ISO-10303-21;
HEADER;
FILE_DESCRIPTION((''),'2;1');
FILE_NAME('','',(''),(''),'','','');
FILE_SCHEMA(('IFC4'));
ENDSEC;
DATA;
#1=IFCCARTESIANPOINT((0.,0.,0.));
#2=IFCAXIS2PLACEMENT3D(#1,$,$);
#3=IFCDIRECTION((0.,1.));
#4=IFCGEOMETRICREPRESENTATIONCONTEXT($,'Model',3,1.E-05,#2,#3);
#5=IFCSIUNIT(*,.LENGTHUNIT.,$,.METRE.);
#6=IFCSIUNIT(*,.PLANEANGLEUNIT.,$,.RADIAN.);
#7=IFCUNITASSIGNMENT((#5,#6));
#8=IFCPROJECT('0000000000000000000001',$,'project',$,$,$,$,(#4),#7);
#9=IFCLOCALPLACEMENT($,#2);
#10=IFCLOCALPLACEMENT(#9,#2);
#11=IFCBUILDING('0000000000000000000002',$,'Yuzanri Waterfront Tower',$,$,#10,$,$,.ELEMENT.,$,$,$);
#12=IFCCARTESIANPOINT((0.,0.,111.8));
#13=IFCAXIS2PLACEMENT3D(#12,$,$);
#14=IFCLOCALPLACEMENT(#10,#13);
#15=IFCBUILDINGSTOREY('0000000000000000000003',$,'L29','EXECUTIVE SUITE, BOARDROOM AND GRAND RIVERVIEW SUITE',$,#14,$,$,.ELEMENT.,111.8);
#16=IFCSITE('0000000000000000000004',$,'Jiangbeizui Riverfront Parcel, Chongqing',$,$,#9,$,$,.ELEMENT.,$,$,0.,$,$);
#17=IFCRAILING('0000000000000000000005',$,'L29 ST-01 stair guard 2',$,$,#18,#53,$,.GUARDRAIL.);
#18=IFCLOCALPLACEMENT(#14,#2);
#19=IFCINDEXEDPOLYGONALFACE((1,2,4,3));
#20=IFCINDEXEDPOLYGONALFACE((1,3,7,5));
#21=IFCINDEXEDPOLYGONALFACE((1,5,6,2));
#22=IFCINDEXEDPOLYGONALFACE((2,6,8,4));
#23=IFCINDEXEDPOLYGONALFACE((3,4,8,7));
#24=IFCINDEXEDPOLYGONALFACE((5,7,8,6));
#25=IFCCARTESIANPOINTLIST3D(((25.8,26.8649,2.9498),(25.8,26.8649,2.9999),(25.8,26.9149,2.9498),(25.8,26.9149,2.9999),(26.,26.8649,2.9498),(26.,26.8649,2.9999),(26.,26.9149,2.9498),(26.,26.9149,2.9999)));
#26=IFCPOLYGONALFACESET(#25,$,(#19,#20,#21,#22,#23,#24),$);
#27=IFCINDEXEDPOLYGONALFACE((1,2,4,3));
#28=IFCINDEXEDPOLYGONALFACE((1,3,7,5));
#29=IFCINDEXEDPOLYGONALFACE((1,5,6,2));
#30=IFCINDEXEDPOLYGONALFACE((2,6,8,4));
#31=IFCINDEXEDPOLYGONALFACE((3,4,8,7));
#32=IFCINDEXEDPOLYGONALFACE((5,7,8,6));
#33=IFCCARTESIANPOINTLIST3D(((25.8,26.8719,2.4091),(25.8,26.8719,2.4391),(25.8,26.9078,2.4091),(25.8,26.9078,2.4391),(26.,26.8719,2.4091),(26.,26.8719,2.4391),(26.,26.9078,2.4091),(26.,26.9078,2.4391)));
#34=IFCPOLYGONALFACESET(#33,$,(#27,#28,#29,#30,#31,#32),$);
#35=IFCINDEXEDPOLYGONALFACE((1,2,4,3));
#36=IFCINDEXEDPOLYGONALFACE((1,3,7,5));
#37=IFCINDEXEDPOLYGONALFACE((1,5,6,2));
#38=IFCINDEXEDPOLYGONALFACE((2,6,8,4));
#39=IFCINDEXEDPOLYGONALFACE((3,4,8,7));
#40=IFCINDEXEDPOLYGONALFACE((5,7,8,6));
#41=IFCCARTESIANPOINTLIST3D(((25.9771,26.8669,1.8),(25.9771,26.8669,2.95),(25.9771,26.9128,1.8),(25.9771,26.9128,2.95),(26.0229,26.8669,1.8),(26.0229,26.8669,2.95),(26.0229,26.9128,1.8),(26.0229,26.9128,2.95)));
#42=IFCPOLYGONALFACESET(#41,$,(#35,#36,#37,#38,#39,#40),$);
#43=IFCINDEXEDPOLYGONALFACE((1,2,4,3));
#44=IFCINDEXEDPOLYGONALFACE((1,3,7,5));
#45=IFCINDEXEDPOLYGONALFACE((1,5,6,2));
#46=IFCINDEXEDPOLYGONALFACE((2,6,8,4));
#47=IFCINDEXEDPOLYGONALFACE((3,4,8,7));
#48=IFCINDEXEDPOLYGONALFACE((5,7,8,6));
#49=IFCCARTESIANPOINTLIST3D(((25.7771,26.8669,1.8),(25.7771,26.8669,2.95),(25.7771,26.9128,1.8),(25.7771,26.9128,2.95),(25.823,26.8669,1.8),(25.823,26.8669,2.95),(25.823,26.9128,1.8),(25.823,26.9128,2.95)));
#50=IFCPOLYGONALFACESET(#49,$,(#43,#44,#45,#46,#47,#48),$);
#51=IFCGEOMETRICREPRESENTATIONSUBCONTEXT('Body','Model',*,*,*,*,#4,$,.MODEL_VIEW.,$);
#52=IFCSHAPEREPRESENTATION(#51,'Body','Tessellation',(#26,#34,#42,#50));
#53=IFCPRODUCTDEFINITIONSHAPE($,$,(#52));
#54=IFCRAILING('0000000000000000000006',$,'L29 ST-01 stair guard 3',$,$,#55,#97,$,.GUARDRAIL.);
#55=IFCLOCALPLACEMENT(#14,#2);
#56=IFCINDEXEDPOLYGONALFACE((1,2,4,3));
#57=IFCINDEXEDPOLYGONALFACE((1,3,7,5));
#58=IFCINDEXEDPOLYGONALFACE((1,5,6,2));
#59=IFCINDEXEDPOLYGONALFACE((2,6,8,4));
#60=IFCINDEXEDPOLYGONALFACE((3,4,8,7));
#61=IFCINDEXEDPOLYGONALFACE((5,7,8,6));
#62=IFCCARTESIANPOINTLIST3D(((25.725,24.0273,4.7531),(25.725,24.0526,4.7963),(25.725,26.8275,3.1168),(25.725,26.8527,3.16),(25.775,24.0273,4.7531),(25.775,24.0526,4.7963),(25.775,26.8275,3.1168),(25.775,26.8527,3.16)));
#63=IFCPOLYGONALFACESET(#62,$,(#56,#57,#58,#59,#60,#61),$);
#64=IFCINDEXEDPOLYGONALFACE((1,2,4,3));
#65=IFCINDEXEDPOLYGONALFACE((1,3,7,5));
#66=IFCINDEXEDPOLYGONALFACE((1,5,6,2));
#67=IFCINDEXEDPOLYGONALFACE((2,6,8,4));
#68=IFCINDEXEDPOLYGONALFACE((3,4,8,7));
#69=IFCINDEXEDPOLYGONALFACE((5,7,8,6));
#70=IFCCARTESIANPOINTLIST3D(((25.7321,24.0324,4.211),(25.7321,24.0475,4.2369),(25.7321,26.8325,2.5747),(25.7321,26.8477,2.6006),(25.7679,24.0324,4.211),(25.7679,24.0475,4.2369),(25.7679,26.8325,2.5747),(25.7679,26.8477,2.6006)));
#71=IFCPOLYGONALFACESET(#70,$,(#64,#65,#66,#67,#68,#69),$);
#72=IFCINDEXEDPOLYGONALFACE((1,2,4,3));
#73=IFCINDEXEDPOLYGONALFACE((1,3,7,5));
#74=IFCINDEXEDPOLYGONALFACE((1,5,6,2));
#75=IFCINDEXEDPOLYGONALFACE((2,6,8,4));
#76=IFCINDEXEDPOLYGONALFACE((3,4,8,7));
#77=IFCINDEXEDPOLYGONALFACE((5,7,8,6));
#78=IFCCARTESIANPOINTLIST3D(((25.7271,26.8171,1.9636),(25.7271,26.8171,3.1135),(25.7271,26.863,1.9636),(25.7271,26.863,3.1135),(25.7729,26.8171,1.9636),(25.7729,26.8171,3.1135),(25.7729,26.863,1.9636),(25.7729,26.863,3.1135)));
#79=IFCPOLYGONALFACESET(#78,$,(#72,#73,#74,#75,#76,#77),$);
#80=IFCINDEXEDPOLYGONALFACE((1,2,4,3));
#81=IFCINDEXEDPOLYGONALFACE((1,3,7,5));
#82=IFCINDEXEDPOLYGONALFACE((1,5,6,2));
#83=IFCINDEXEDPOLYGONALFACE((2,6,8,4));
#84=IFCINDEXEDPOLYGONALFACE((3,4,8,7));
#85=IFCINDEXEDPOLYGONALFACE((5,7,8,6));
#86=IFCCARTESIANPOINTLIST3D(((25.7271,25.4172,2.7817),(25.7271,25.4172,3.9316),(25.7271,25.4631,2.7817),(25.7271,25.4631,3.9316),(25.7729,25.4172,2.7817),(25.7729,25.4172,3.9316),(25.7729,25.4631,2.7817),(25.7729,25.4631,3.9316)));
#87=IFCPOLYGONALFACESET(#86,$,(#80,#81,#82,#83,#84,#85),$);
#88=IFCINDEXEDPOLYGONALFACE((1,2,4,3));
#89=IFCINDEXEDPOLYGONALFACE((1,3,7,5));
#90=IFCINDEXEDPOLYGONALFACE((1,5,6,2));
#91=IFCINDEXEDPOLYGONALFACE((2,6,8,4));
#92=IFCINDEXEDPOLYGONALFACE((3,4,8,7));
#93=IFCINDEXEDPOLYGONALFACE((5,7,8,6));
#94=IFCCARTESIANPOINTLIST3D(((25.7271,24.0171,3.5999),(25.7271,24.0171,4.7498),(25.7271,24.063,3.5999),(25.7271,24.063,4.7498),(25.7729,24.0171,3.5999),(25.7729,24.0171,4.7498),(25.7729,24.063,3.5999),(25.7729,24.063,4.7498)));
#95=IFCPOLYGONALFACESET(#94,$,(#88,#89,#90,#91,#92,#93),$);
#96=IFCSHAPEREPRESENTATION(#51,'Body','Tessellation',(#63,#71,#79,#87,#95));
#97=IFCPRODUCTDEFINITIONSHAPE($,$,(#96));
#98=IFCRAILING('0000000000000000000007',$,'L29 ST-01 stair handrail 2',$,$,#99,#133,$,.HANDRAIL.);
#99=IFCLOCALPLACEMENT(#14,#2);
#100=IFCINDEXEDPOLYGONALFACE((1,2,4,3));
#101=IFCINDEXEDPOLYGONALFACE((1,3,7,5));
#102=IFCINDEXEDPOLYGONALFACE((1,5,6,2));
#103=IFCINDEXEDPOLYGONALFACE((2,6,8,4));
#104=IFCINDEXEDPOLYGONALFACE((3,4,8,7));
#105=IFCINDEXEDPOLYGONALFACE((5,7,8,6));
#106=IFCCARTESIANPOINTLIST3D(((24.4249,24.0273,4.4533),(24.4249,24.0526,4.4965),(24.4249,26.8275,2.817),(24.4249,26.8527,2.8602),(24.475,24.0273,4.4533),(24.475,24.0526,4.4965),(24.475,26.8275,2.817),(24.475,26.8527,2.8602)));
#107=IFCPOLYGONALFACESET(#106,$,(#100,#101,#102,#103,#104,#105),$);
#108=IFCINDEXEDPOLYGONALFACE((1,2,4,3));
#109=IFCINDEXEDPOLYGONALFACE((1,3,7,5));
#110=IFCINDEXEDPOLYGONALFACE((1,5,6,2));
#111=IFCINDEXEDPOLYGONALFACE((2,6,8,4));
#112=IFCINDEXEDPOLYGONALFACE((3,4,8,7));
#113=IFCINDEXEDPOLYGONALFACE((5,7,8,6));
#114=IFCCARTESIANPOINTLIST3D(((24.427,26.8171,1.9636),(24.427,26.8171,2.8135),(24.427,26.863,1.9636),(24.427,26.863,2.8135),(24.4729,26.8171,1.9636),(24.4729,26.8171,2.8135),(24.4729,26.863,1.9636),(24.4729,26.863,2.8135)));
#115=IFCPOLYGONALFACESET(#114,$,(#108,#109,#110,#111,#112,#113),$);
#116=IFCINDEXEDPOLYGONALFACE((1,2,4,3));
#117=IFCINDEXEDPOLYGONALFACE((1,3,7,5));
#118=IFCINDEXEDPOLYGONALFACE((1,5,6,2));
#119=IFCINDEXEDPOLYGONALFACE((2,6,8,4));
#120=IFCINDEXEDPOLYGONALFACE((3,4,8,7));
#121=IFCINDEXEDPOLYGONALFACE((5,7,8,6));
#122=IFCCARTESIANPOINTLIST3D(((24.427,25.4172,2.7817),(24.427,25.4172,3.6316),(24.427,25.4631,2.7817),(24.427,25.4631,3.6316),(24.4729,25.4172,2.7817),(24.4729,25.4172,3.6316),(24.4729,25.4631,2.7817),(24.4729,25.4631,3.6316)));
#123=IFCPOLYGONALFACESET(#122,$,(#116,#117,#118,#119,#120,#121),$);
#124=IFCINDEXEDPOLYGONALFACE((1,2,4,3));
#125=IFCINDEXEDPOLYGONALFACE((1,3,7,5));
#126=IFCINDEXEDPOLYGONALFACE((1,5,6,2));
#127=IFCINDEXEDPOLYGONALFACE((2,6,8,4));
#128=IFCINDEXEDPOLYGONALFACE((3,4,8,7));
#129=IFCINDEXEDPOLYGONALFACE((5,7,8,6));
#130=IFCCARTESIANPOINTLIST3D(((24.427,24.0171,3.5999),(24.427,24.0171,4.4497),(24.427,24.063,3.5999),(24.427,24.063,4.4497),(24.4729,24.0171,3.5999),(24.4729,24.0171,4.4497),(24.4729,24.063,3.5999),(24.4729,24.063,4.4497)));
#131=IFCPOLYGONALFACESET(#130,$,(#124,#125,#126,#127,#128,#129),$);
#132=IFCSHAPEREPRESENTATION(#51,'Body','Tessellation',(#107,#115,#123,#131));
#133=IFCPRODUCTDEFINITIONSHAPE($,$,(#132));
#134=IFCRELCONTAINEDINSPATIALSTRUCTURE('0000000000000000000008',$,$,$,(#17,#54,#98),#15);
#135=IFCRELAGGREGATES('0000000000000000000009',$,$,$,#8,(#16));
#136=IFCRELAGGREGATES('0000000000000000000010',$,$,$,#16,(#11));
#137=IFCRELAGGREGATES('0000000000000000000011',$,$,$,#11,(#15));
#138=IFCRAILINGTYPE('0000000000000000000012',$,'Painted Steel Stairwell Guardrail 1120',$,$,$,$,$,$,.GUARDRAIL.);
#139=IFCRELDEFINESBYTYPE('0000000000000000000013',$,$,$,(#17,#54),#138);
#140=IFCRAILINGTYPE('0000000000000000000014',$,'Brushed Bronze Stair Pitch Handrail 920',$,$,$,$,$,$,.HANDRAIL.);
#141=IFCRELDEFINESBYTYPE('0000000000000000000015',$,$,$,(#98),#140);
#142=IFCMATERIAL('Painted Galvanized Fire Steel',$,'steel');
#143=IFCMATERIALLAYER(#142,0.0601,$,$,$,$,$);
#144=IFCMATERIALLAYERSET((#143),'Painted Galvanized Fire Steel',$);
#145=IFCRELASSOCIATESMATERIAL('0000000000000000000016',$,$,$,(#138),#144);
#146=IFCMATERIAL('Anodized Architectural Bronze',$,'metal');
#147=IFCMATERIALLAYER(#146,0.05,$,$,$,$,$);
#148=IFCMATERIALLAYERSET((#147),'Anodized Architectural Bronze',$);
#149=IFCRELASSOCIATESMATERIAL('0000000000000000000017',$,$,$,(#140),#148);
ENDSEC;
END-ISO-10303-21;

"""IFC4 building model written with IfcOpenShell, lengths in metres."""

from ifc_helpers import new_model, si_unit, direction, frame, origin, origin_2d, place, context, subcontext, project, spatial, rectangle, extrude, source, transform, mapped, material, layer, layer_set, type_object, element, save


model = new_model("IFC4")

# Units and contexts
model_context = context("Model", 3, precision=1e-05, world=origin(), true_north=direction((0.0, 1.0)))
body_context = subcontext(model_context, "Body", "Model", "MODEL_VIEW")
ifc_project = project(units=[si_unit("LENGTHUNIT", "METRE"), si_unit("PLANEANGLEUNIT", "RADIAN")], contexts=[model_context])

# Site, building, storey
site_placement = place(None, origin())
site = spatial("IfcSite", under=ifc_project, at=site_placement, Name="Jiangbeizui Riverfront Parcel, Chongqing", CompositionType="ELEMENT", RefElevation=0.0)
building_placement = place(site_placement, origin())
building = spatial("IfcBuilding", under=site, at=building_placement, Name="Yuzanri Waterfront Tower", CompositionType="ELEMENT")
storey_placement = place(building_placement, frame((0.0, 0.0, 111.8)))
storey = spatial("IfcBuildingStorey", under=building, at=storey_placement, Name="L29", Description="EXECUTIVE SUITE, BOARDROOM AND GRAND RIVERVIEW SUITE", CompositionType="ELEMENT", Elevation=111.8)

# Railings
ifc_material_1 = material(Name="Painted Galvanized Fire Steel", Category="steel")
ifc_layer_1 = layer(ifc_material_1, 0.0601)
ifc_layer_set_1 = layer_set([ifc_layer_1], Name="Painted Galvanized Fire Steel")
railing_type_1 = type_object("IfcRailingType", Name="Painted Steel Stairwell Guardrail 1120", PredefinedType="GUARDRAIL", material=ifc_layer_set_1)
shared_shape_1 = source(origin(), body_context, "Body", "SweptSolid", [
    extrude(rectangle(XDim=0.05, YDim=0.05, at=origin_2d()), frame((0.0, 0.0, 1.1748), z_axis=(-1.0, 0.0, 0.0), x_axis=(0.0, -1.0, 0.0)), (0.0, 0.0, 1.0), 0.2),
    extrude(rectangle(XDim=0.0359, YDim=0.03, at=origin_2d()), frame((0.0, 0.0, 0.624), z_axis=(-1.0, 0.0, 0.0), x_axis=(0.0, -1.0, 0.0)), (0.0, 0.0, 1.0), 0.2),
    extrude(rectangle(XDim=0.0459, YDim=0.0459, at=origin_2d()), origin(), (0.0, 0.0, 1.0), 1.1499),
    extrude(rectangle(XDim=0.0459, YDim=0.0459, at=origin_2d()), frame((-0.2, 0.0, 0.0)), (0.0, 0.0, 1.0), 1.1499),
])
railing_1_placement = place(storey_placement, frame((26.0, 26.8899, 1.8)))
element("IfcRailing", 1, at=railing_1_placement, inside=storey, type_object=railing_type_1, Name="L29 ST-01 stair guard 2", PredefinedType="GUARDRAIL", context=body_context, shape_type="MappedRepresentation", body=[
    mapped(shared_shape_1, transform((0.0, 0.0, 0.0), scale=1.0)),
])
shared_shape_2 = source(origin(), body_context, "Body", "SweptSolid", [
    extrude(rectangle(XDim=0.05, YDim=0.05, at=origin_2d()), frame((0.0, 0.0, 1.1748), z_axis=(0.0, -0.863394, 0.504531), x_axis=(1.0, 0.0, 0.0)), (0.0, 0.0, 1.0), 3.2432),
    extrude(rectangle(XDim=0.0359, YDim=0.03, at=origin_2d()), frame((0.0, 0.0, 0.624), z_axis=(0.0, -0.863394, 0.504531), x_axis=(1.0, 0.0, 0.0)), (0.0, 0.0, 1.0), 3.2432),
    extrude(rectangle(XDim=0.0459, YDim=0.0459, at=origin_2d()), origin(), (0.0, 0.0, 1.0), 1.1499),
    extrude(rectangle(XDim=0.0459, YDim=0.0459, at=origin_2d()), frame((0.0, -1.3999, 0.8181)), (0.0, 0.0, 1.0), 1.1499),
    extrude(rectangle(XDim=0.0459, YDim=0.0459, at=origin_2d()), frame((0.0, -2.8, 1.6362)), (0.0, 0.0, 1.0), 1.1499),
])
railing_2_placement = place(storey_placement, frame((25.75, 26.8401, 1.9636)))
element("IfcRailing", 2, at=railing_2_placement, inside=storey, type_object=railing_type_1, Name="L29 ST-01 stair guard 3", PredefinedType="GUARDRAIL", context=body_context, shape_type="MappedRepresentation", body=[
    mapped(shared_shape_2, transform((0.0, 0.0, 0.0), scale=1.0)),
])
ifc_material_2 = material(Name="Anodized Architectural Bronze", Category="metal")
ifc_layer_2 = layer(ifc_material_2, 0.05)
ifc_layer_set_2 = layer_set([ifc_layer_2], Name="Anodized Architectural Bronze")
railing_type_2 = type_object("IfcRailingType", Name="Brushed Bronze Stair Pitch Handrail 920", PredefinedType="HANDRAIL", material=ifc_layer_set_2)
shared_shape_3 = source(origin(), body_context, "Body", "SweptSolid", [
    extrude(rectangle(XDim=0.05, YDim=0.05, at=origin_2d()), frame((0.0, 0.0, 0.875), z_axis=(0.0, -0.863394, 0.504531), x_axis=(1.0, 0.0, 0.0)), (0.0, 0.0, 1.0), 3.2432),
    extrude(rectangle(XDim=0.0459, YDim=0.0459, at=origin_2d()), origin(), (0.0, 0.0, 1.0), 0.8499),
    extrude(rectangle(XDim=0.0459, YDim=0.0459, at=origin_2d()), frame((0.0, -1.3999, 0.8181)), (0.0, 0.0, 1.0), 0.8499),
    extrude(rectangle(XDim=0.0459, YDim=0.0459, at=origin_2d()), frame((0.0, -2.8, 1.6362)), (0.0, 0.0, 1.0), 0.8499),
])
railing_3_placement = place(storey_placement, frame((24.45, 26.8401, 1.9636)))
element("IfcRailing", 3, at=railing_3_placement, inside=storey, type_object=railing_type_2, Name="L29 ST-01 stair handrail 2", PredefinedType="HANDRAIL", context=body_context, shape_type="MappedRepresentation", body=[
    mapped(shared_shape_3, transform((0.0, 0.0, 0.0), scale=1.0)),
])

save(model, "model.ifc")
